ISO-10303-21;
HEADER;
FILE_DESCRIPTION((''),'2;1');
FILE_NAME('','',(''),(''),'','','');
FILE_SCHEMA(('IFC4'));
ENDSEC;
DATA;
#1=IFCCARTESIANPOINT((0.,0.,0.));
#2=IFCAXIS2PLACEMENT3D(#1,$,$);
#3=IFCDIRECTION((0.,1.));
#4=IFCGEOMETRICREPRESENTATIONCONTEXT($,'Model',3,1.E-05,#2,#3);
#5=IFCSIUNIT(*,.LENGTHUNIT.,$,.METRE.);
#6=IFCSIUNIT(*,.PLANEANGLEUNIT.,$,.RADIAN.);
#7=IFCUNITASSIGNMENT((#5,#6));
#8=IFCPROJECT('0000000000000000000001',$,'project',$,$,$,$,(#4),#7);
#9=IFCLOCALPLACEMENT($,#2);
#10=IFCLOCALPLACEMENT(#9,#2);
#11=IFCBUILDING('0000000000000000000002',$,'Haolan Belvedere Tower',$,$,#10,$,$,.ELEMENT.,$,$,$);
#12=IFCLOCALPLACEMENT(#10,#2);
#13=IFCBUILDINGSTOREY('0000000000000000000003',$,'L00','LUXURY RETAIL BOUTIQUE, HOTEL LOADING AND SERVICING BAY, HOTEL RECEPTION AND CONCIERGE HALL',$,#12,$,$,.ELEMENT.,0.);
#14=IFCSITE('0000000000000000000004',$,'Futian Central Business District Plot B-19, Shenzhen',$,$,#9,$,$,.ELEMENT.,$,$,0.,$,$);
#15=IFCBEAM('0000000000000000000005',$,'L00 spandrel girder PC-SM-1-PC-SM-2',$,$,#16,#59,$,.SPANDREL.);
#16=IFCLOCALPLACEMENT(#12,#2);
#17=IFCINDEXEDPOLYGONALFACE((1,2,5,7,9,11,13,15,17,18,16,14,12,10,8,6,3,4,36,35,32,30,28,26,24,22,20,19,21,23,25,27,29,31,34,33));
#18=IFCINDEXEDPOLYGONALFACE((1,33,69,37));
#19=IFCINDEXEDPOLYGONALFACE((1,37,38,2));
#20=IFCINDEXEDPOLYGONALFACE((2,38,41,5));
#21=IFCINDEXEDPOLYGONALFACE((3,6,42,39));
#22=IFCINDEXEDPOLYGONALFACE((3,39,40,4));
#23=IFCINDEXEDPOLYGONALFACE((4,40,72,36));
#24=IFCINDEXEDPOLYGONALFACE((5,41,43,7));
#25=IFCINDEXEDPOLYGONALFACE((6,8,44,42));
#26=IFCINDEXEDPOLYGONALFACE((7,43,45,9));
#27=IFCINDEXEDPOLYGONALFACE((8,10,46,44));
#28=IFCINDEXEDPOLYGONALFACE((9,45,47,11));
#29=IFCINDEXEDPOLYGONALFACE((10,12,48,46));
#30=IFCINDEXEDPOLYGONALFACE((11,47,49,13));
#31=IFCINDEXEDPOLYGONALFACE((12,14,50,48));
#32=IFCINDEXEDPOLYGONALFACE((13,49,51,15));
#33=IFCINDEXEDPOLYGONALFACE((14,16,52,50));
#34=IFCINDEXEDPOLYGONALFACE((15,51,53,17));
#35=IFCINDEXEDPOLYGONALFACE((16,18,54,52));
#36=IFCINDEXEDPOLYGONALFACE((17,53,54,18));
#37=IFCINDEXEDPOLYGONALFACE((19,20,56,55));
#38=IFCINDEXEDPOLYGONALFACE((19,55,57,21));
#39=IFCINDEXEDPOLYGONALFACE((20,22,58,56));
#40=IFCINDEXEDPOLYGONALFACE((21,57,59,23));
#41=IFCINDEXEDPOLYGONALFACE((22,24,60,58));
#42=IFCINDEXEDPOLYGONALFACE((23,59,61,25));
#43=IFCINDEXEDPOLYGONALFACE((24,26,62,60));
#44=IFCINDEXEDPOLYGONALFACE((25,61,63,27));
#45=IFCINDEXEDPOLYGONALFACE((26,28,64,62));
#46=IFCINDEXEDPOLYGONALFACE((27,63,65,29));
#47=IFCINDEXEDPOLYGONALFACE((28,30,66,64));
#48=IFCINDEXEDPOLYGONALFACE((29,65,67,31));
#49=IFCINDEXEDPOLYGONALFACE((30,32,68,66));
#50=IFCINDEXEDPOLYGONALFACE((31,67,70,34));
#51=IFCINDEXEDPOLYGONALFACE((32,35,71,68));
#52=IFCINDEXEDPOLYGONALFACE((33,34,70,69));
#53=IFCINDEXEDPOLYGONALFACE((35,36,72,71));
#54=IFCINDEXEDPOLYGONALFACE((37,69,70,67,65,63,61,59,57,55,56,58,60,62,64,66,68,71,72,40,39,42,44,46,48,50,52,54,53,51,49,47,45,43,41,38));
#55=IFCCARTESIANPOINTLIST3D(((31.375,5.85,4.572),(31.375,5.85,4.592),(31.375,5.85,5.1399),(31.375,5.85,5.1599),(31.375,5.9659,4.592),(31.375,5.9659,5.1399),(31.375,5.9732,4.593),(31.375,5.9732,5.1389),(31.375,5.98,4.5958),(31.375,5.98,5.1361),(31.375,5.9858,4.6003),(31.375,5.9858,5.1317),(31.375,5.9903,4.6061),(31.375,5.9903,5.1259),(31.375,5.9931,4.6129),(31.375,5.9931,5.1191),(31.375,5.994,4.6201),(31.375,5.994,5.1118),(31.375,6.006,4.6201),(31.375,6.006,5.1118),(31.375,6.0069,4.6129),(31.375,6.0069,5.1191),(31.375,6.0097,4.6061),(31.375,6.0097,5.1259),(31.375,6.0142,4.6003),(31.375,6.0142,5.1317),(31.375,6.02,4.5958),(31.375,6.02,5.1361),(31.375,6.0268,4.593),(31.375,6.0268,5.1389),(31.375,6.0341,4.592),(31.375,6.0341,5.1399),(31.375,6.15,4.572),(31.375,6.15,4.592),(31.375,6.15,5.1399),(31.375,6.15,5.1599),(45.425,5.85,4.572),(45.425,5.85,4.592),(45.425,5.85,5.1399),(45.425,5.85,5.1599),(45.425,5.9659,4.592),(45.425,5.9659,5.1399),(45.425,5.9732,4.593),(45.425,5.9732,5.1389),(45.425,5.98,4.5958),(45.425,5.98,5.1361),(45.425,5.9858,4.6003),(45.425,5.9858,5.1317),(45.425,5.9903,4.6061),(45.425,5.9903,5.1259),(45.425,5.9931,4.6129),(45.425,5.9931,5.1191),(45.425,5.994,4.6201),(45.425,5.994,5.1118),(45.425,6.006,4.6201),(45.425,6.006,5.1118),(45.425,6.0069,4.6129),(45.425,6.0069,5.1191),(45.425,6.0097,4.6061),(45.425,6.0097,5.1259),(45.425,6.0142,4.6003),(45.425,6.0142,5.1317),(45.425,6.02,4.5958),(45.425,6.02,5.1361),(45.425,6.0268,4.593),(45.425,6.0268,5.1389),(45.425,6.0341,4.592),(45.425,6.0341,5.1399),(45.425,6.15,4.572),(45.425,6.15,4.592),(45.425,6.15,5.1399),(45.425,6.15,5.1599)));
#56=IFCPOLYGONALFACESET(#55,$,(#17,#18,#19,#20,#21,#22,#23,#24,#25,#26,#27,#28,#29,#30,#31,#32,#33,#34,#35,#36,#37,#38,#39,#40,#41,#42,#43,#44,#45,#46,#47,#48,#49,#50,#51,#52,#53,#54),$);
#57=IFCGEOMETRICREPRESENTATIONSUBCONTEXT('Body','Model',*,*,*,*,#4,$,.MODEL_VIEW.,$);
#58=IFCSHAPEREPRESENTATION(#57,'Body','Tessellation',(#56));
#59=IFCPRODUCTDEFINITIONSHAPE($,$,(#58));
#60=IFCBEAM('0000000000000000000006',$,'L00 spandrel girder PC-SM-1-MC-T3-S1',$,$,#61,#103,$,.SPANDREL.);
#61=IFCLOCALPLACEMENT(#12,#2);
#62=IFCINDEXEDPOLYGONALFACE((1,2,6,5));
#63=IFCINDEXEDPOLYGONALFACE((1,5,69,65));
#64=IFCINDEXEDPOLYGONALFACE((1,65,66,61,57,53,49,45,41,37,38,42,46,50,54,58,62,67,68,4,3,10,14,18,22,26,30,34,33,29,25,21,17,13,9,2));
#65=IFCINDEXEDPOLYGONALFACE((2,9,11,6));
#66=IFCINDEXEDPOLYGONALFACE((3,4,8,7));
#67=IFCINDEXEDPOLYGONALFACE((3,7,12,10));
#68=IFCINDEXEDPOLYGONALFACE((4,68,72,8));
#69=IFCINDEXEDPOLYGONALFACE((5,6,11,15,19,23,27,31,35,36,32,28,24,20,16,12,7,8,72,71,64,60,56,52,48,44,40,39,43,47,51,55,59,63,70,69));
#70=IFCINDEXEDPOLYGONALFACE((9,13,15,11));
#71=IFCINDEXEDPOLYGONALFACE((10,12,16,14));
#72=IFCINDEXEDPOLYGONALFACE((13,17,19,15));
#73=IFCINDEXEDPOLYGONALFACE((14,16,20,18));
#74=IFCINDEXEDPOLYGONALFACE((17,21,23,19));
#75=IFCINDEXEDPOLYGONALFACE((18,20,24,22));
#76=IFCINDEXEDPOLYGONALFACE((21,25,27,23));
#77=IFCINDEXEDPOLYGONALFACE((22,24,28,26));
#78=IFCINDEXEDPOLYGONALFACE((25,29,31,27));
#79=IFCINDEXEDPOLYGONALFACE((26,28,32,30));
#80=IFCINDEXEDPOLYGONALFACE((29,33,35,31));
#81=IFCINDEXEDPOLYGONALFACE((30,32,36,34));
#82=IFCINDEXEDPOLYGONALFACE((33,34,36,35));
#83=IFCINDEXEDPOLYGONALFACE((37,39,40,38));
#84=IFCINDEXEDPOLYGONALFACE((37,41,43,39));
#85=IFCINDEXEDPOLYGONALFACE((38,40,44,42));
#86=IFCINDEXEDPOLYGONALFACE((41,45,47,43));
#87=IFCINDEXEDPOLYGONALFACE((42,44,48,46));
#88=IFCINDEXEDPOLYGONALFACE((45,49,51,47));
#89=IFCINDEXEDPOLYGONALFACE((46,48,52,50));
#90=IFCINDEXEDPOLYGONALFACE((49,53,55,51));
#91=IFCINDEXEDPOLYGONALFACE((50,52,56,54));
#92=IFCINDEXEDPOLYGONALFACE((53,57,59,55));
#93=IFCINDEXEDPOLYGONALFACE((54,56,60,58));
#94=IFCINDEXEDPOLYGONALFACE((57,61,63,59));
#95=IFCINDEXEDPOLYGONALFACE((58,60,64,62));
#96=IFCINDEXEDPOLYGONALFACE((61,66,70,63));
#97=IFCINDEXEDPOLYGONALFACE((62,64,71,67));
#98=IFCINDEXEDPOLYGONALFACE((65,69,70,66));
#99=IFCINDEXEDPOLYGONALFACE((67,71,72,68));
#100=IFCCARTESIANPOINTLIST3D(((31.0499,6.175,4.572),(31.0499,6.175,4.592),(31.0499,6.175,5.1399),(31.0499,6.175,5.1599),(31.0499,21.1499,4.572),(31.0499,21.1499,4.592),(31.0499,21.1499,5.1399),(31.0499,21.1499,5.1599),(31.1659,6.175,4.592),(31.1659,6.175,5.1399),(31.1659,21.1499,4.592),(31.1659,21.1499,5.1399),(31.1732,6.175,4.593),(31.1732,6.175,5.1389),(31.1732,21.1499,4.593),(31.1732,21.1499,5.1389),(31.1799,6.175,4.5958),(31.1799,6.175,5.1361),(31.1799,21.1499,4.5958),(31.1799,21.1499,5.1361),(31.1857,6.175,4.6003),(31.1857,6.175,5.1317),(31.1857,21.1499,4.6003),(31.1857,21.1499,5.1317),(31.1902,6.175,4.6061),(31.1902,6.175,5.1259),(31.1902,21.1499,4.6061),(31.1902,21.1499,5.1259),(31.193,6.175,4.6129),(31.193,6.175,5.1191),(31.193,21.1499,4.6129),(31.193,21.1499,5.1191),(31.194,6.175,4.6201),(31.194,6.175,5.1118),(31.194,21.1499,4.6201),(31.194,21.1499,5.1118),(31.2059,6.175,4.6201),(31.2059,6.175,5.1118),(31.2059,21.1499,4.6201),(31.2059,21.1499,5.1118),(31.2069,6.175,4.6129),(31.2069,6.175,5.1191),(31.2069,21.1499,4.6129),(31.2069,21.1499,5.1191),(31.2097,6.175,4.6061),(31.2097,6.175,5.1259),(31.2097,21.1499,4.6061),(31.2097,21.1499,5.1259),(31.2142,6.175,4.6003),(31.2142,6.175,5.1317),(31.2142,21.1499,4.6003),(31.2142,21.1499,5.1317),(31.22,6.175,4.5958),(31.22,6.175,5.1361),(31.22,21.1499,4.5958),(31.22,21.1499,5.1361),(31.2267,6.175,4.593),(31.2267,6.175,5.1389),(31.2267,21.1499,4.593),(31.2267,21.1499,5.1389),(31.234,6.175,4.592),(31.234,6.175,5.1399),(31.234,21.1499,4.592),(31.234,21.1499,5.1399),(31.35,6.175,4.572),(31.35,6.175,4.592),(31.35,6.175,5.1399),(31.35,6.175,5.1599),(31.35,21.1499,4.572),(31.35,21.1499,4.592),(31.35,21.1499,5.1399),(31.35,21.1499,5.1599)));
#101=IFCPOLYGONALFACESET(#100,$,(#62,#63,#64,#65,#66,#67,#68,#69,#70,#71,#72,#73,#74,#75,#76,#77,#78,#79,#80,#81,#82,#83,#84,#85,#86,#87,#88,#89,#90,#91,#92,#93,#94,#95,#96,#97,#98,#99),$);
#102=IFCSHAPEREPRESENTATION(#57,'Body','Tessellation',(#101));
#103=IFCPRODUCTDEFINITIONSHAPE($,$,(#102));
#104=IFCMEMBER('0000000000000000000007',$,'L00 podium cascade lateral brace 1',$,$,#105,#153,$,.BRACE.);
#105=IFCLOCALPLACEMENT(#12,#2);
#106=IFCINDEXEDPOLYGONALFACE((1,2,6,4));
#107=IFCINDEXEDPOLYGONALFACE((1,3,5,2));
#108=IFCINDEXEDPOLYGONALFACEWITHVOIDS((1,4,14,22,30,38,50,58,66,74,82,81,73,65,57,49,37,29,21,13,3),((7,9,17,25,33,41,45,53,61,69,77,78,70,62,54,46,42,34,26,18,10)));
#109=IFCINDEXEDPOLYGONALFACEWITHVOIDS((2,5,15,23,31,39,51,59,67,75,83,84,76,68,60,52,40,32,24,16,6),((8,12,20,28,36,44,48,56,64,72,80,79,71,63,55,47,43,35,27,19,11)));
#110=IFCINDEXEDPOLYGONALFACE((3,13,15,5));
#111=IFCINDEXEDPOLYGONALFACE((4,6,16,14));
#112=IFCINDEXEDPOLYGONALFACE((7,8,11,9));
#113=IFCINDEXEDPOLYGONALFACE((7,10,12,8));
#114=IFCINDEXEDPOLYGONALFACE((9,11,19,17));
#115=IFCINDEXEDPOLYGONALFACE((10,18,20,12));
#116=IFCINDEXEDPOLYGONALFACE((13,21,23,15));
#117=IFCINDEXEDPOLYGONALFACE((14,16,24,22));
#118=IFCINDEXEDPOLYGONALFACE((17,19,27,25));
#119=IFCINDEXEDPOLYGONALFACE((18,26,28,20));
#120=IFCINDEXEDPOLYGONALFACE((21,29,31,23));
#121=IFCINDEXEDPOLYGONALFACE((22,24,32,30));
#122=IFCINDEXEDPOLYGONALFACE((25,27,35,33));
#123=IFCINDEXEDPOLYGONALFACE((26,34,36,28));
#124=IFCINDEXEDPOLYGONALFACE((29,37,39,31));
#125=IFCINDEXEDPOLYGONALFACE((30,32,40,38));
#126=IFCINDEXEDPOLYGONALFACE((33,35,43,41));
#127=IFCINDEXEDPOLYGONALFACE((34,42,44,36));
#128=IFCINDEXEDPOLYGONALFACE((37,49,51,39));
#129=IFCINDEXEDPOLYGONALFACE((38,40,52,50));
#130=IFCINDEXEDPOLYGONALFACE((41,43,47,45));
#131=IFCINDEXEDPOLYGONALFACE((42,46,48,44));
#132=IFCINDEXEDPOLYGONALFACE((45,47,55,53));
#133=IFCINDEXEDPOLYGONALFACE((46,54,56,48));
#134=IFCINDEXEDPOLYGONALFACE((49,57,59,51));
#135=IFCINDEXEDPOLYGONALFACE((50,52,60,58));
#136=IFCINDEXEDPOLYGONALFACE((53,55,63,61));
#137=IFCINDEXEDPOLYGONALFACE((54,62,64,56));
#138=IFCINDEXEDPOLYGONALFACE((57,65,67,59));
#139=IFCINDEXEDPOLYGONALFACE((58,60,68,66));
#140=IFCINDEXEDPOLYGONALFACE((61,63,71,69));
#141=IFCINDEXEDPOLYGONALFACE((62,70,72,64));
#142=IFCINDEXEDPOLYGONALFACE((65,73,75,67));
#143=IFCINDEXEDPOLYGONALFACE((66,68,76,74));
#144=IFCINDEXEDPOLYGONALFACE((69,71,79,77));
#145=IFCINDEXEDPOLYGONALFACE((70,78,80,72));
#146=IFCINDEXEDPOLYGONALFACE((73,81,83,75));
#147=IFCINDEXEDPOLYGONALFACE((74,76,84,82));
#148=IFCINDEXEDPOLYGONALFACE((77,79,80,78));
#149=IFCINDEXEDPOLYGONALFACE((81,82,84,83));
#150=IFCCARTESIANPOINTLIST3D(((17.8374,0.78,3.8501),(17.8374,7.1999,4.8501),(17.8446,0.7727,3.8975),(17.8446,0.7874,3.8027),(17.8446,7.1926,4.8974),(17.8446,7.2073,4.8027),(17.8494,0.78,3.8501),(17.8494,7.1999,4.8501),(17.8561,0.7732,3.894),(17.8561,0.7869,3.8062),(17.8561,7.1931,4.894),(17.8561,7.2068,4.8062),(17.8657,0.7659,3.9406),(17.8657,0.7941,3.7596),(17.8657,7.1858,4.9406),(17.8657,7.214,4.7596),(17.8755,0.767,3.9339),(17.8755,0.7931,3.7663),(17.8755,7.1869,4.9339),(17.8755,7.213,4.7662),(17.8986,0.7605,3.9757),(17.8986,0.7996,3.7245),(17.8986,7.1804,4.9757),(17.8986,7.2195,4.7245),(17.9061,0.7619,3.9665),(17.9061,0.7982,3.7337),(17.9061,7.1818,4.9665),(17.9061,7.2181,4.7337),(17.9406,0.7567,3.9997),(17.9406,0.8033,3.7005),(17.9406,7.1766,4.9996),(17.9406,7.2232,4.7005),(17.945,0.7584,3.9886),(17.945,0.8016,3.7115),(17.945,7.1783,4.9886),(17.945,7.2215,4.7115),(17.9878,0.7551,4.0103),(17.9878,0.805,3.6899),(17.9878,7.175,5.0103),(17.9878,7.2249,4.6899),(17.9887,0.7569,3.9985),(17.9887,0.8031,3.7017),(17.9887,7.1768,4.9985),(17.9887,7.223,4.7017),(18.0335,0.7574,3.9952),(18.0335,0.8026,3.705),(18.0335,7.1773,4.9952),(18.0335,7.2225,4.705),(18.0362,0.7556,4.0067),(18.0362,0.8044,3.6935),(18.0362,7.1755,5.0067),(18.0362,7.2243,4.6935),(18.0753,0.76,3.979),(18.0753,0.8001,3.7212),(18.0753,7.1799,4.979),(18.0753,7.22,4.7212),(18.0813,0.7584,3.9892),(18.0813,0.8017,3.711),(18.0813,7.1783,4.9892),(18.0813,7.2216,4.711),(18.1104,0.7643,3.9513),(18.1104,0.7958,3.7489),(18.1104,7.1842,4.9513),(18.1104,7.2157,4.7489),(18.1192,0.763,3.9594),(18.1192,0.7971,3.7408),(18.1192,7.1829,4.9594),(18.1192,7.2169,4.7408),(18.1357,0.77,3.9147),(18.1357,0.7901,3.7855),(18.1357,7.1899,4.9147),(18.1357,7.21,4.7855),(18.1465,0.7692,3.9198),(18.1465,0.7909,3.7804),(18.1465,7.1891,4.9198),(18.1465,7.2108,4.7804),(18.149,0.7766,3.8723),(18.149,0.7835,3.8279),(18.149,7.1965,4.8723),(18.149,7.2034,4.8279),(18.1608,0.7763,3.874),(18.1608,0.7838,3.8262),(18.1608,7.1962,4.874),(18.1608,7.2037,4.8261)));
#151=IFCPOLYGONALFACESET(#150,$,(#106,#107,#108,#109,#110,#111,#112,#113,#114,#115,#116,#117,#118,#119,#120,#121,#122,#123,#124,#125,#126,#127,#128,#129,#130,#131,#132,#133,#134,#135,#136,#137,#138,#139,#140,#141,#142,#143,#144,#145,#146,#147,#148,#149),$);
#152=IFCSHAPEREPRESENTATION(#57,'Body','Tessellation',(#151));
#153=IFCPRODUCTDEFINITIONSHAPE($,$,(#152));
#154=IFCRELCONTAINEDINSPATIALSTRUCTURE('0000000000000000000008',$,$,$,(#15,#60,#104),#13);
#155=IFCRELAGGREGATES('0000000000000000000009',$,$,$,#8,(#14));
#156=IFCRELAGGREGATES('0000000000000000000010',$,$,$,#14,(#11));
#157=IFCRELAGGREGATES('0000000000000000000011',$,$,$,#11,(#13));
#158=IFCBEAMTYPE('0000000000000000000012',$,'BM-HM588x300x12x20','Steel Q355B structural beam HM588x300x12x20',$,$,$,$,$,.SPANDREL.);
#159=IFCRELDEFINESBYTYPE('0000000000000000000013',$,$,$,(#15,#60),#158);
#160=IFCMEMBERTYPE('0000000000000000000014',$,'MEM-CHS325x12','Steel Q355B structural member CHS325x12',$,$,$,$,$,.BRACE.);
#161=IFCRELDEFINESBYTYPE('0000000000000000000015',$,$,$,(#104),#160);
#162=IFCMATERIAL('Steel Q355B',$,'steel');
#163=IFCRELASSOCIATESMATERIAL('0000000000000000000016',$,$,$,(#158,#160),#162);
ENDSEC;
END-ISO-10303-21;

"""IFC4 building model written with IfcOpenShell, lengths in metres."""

from ifc_helpers import new_model, si_unit, direction, frame, origin, origin_2d, place, context, subcontext, project, spatial, hollow_circle, i_section, extrude, material, material_profile, profile_set, type_object, element, save


model = new_model("IFC4")

# Units and contexts
model_context = context("Model", 3, precision=1e-05, world=origin(), true_north=direction((0.0, 1.0)))
body_context = subcontext(model_context, "Body", "Model", "MODEL_VIEW")
ifc_project = project(units=[si_unit("LENGTHUNIT", "METRE"), si_unit("PLANEANGLEUNIT", "RADIAN")], contexts=[model_context])

# Site, building, storey
site_placement = place(None, origin())
site = spatial("IfcSite", under=ifc_project, at=site_placement, Name="Futian Central Business District Plot B-19, Shenzhen", CompositionType="ELEMENT", RefElevation=0.0)
building_placement = place(site_placement, origin())
building = spatial("IfcBuilding", under=site, at=building_placement, Name="Haolan Belvedere Tower", CompositionType="ELEMENT")
storey_placement = place(building_placement, origin())
storey = spatial("IfcBuildingStorey", under=building, at=storey_placement, Name="L00", Description="LUXURY RETAIL BOUTIQUE, HOTEL LOADING AND SERVICING BAY, HOTEL RECEPTION AND CONCIERGE HALL", CompositionType="ELEMENT", Elevation=0.0)

# Shared definitions
ifc_material_1 = material(Name="Steel Q355B", Category="steel")

# Beams
ifc_material_profile_1 = material_profile(ifc_material_1, i_section(OverallWidth=0.3, OverallDepth=0.5879, WebThickness=0.012, FlangeThickness=0.02, FilletRadius=0.0281, at=origin_2d()), Name="Steel Q355B")
ifc_profile_set_1 = profile_set([ifc_material_profile_1], Name="Steel Q355B")
beam_type = type_object("IfcBeamType", Name="BM-HM588x300x12x20", Description="Steel Q355B structural beam HM588x300x12x20", PredefinedType="SPANDREL", material=ifc_profile_set_1)
beam_1_placement = place(storey_placement, frame((31.375, 6.0, 4.866), z_axis=(1.0, 0.0, 0.0), x_axis=(0.0, 1.0, 0.0)))
element("IfcBeam", 1, at=beam_1_placement, inside=storey, type_object=beam_type, Name="L00 spandrel girder PC-SM-1-PC-SM-2", PredefinedType="SPANDREL", context=body_context, shape_type="SweptSolid", body=[
    extrude(i_section(OverallWidth=0.3, OverallDepth=0.5879, WebThickness=0.012, FlangeThickness=0.02, FilletRadius=0.0281, at=origin_2d()), origin(), (0.0, 0.0, 1.0), 14.05),
])
beam_2_placement = place(storey_placement, frame((31.2, 6.175, 4.866), z_axis=(0.0, 1.0, 0.0), x_axis=(-1.0, 0.0, 0.0)))
element("IfcBeam", 2, at=beam_2_placement, inside=storey, type_object=beam_type, Name="L00 spandrel girder PC-SM-1-MC-T3-S1", PredefinedType="SPANDREL", context=body_context, shape_type="SweptSolid", body=[
    extrude(i_section(OverallWidth=0.3, OverallDepth=0.5879, WebThickness=0.012, FlangeThickness=0.02, FilletRadius=0.0281, at=origin_2d()), origin(), (0.0, 0.0, 1.0), 14.9749),
])

# Member
ifc_material_profile_2 = material_profile(ifc_material_1, hollow_circle(Radius=0.1626, WallThickness=0.012, at=origin_2d()), Name="Steel Q355B")
ifc_profile_set_2 = profile_set([ifc_material_profile_2], Name="Steel Q355B")
member_type = type_object("IfcMemberType", Name="MEM-CHS325x12", Description="Steel Q355B structural member CHS325x12", PredefinedType="BRACE", material=ifc_profile_set_2)
member_1_placement = place(storey_placement, frame((18.0, 0.78, 3.8501), z_axis=(0.0, 0.988085, 0.153909), x_axis=(-1.0, 0.0, 0.0)))
element("IfcMember", 3, at=member_1_placement, inside=storey, type_object=member_type, Name="L00 podium cascade lateral brace 1", PredefinedType="BRACE", context=body_context, shape_type="SweptSolid", body=[
    extrude(hollow_circle(Radius=0.1626, WallThickness=0.012, at=origin_2d()), origin(), (0.0, 0.0, 1.0), 6.4973),
])

save(model, "model.ifc")
